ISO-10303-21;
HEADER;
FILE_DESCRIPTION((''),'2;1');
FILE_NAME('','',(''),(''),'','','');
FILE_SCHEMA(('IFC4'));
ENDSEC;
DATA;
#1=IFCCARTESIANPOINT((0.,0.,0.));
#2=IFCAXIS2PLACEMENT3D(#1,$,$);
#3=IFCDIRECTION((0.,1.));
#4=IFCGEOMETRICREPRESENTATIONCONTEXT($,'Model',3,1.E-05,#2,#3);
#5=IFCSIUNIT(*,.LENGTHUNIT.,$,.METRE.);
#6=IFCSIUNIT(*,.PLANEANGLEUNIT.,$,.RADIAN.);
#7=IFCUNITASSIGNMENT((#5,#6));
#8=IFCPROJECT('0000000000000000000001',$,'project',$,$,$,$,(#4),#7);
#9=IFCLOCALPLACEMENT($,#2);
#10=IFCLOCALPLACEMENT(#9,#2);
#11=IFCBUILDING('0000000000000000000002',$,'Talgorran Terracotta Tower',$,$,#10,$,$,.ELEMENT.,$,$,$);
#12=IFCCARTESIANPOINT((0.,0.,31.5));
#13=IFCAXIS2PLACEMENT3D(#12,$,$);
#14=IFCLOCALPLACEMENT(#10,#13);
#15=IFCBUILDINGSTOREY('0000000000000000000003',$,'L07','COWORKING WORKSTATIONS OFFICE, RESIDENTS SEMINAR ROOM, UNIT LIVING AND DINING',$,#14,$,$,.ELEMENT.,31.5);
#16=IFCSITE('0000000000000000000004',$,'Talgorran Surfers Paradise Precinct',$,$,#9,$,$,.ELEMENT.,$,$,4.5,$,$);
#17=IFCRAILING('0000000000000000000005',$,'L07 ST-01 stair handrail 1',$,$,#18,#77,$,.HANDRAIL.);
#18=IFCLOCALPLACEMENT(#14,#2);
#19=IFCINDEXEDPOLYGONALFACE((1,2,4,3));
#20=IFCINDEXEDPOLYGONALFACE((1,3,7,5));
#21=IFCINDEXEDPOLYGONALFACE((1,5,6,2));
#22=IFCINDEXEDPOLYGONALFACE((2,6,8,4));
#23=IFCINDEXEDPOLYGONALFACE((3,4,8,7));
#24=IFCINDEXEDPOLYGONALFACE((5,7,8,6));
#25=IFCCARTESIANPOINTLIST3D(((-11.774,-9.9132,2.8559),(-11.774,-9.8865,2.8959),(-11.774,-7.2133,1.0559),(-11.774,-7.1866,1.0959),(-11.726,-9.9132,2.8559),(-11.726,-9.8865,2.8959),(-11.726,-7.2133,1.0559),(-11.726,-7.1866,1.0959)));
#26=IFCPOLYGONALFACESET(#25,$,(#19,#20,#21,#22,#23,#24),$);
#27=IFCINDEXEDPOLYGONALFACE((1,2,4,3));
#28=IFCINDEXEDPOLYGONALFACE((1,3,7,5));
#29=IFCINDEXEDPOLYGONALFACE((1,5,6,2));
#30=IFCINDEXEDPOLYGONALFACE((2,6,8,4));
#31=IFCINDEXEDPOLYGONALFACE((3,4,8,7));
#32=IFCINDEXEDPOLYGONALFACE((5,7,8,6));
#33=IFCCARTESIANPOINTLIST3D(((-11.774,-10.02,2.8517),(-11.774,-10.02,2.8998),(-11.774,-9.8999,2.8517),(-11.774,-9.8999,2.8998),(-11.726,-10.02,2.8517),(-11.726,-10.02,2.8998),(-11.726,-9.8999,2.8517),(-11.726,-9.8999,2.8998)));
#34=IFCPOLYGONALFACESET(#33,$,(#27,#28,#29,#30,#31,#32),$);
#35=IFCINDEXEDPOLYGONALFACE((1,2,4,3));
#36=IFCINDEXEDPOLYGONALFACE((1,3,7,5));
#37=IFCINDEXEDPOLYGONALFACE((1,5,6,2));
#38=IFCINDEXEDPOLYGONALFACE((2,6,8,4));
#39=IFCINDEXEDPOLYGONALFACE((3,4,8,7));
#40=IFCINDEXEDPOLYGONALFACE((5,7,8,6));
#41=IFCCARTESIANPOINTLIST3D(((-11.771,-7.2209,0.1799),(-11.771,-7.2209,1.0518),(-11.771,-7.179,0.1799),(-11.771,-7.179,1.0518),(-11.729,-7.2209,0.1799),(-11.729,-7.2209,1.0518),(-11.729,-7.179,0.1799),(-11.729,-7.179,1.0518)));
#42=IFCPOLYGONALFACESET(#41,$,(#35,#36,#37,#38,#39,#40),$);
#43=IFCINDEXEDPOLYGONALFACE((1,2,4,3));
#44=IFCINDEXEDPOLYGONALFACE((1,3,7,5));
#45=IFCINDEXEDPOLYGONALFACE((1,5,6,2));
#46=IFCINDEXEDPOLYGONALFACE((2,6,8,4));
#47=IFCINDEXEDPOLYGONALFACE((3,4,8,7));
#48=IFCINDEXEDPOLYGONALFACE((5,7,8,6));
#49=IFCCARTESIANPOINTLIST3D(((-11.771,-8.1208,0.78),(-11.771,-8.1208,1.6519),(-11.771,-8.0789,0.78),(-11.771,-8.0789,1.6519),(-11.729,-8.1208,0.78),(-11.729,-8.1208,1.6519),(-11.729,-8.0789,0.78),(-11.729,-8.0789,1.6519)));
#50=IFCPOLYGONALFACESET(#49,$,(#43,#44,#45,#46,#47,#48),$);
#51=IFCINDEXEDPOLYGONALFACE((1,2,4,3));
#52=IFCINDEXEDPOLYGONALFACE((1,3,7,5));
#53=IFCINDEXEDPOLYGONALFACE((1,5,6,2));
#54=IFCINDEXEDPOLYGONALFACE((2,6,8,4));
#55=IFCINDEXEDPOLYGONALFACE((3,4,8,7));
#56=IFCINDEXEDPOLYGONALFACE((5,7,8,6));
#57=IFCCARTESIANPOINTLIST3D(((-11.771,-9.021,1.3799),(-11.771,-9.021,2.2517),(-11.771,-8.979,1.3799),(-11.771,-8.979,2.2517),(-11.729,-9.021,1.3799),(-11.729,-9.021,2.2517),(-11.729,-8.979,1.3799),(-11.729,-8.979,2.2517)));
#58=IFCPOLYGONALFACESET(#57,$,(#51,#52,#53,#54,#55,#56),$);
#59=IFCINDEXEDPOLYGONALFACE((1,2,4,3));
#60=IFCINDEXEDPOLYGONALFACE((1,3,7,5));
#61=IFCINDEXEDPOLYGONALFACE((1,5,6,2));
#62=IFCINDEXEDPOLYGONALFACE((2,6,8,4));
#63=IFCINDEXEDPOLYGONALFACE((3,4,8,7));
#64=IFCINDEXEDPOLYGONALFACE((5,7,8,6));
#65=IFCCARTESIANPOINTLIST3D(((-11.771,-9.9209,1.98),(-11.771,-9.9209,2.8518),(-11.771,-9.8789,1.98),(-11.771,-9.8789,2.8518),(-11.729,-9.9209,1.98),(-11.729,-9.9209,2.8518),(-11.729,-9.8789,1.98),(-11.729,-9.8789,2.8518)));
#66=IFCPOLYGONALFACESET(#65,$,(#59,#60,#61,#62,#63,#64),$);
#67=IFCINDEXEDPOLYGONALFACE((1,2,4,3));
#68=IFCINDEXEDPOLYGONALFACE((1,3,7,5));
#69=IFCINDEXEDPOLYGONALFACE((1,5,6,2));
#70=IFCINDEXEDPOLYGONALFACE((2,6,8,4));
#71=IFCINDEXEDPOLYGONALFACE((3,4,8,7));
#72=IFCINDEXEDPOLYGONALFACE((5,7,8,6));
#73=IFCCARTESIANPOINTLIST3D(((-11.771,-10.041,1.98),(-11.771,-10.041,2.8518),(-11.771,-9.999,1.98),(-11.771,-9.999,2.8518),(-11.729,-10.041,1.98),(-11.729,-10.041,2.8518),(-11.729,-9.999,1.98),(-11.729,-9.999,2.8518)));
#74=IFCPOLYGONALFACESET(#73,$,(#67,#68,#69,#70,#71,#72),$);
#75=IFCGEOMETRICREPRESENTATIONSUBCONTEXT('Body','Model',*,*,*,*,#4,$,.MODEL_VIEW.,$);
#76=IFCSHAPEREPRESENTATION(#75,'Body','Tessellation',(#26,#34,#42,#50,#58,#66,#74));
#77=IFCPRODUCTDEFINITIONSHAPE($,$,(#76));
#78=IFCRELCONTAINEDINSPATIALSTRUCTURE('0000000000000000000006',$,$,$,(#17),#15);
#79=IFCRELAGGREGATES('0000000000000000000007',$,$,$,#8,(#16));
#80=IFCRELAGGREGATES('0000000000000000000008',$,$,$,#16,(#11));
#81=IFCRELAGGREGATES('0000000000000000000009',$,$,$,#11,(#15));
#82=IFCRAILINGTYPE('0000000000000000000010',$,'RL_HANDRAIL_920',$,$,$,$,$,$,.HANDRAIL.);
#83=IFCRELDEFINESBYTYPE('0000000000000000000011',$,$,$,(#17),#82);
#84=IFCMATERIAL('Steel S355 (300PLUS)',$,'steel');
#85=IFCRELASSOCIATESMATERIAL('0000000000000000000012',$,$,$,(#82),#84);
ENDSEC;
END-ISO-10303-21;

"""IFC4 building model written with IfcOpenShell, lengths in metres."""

from ifc_helpers import new_model, si_unit, direction, frame, origin, origin_2d, place, context, subcontext, project, spatial, rectangle, extrude, material, type_object, element, save


model = new_model("IFC4")

# Units and contexts
model_context = context("Model", 3, precision=1e-05, world=origin(), true_north=direction((0.0, 1.0)))
body_context = subcontext(model_context, "Body", "Model", "MODEL_VIEW")
ifc_project = project(units=[si_unit("LENGTHUNIT", "METRE"), si_unit("PLANEANGLEUNIT", "RADIAN")], contexts=[model_context])

# Site, building, storey
site_placement = place(None, origin())
site = spatial("IfcSite", under=ifc_project, at=site_placement, Name="Talgorran Surfers Paradise Precinct", CompositionType="ELEMENT", RefElevation=4.5)
building_placement = place(site_placement, origin())
building = spatial("IfcBuilding", under=site, at=building_placement, Name="Talgorran Terracotta Tower", CompositionType="ELEMENT")
storey_placement = place(building_placement, frame((0.0, 0.0, 31.5)))
storey = spatial("IfcBuildingStorey", under=building, at=storey_placement, Name="L07", Description="COWORKING WORKSTATIONS OFFICE, RESIDENTS SEMINAR ROOM, UNIT LIVING AND DINING", CompositionType="ELEMENT", Elevation=31.5)

# Shared definitions
ifc_material_1 = material(Name="Steel S355 (300PLUS)", Category="steel")

# Railing
railing_type_1 = type_object("IfcRailingType", Name="RL_HANDRAIL_920", PredefinedType="HANDRAIL", material=ifc_material_1)
railing_1_placement = place(storey_placement, frame((-11.75, -7.2, 0.1799)))
element("IfcRailing", 1, at=railing_1_placement, inside=storey, type_object=railing_type_1, Name="L07 ST-01 stair handrail 1", PredefinedType="HANDRAIL", context=body_context, shape_type="SweptSolid", body=[
    extrude(rectangle(XDim=0.0481, YDim=0.0481, at=origin_2d()), frame((0.0, 0.0, 0.896), z_axis=(0.0, -0.832039, 0.554718), x_axis=(1.0, 0.0, 0.0)), (0.0, 0.0, 1.0), 3.2449),
    extrude(rectangle(XDim=0.0481, YDim=0.0481, at=origin_2d()), frame((0.0, -2.7, 2.6958), z_axis=(0.0, -1.0, 0.0), x_axis=(1.0, 0.0, 0.0)), (0.0, 0.0, 1.0), 0.1201),
    extrude(rectangle(XDim=0.042, YDim=0.042, at=origin_2d()), origin(), (0.0, 0.0, 1.0), 0.8718),
    extrude(rectangle(XDim=0.042, YDim=0.042, at=origin_2d()), frame((0.0, -0.8999, 0.6001)), (0.0, 0.0, 1.0), 0.8718),
    extrude(rectangle(XDim=0.042, YDim=0.042, at=origin_2d()), frame((0.0, -1.8, 1.2)), (0.0, 0.0, 1.0), 0.8718),
    extrude(rectangle(XDim=0.042, YDim=0.042, at=origin_2d()), frame((0.0, -2.7, 1.8)), (0.0, 0.0, 1.0), 0.8718),
    extrude(rectangle(XDim=0.042, YDim=0.042, at=origin_2d()), frame((0.0, -2.8201, 1.8)), (0.0, 0.0, 1.0), 0.8718),
])

save(model, "model.ifc")
